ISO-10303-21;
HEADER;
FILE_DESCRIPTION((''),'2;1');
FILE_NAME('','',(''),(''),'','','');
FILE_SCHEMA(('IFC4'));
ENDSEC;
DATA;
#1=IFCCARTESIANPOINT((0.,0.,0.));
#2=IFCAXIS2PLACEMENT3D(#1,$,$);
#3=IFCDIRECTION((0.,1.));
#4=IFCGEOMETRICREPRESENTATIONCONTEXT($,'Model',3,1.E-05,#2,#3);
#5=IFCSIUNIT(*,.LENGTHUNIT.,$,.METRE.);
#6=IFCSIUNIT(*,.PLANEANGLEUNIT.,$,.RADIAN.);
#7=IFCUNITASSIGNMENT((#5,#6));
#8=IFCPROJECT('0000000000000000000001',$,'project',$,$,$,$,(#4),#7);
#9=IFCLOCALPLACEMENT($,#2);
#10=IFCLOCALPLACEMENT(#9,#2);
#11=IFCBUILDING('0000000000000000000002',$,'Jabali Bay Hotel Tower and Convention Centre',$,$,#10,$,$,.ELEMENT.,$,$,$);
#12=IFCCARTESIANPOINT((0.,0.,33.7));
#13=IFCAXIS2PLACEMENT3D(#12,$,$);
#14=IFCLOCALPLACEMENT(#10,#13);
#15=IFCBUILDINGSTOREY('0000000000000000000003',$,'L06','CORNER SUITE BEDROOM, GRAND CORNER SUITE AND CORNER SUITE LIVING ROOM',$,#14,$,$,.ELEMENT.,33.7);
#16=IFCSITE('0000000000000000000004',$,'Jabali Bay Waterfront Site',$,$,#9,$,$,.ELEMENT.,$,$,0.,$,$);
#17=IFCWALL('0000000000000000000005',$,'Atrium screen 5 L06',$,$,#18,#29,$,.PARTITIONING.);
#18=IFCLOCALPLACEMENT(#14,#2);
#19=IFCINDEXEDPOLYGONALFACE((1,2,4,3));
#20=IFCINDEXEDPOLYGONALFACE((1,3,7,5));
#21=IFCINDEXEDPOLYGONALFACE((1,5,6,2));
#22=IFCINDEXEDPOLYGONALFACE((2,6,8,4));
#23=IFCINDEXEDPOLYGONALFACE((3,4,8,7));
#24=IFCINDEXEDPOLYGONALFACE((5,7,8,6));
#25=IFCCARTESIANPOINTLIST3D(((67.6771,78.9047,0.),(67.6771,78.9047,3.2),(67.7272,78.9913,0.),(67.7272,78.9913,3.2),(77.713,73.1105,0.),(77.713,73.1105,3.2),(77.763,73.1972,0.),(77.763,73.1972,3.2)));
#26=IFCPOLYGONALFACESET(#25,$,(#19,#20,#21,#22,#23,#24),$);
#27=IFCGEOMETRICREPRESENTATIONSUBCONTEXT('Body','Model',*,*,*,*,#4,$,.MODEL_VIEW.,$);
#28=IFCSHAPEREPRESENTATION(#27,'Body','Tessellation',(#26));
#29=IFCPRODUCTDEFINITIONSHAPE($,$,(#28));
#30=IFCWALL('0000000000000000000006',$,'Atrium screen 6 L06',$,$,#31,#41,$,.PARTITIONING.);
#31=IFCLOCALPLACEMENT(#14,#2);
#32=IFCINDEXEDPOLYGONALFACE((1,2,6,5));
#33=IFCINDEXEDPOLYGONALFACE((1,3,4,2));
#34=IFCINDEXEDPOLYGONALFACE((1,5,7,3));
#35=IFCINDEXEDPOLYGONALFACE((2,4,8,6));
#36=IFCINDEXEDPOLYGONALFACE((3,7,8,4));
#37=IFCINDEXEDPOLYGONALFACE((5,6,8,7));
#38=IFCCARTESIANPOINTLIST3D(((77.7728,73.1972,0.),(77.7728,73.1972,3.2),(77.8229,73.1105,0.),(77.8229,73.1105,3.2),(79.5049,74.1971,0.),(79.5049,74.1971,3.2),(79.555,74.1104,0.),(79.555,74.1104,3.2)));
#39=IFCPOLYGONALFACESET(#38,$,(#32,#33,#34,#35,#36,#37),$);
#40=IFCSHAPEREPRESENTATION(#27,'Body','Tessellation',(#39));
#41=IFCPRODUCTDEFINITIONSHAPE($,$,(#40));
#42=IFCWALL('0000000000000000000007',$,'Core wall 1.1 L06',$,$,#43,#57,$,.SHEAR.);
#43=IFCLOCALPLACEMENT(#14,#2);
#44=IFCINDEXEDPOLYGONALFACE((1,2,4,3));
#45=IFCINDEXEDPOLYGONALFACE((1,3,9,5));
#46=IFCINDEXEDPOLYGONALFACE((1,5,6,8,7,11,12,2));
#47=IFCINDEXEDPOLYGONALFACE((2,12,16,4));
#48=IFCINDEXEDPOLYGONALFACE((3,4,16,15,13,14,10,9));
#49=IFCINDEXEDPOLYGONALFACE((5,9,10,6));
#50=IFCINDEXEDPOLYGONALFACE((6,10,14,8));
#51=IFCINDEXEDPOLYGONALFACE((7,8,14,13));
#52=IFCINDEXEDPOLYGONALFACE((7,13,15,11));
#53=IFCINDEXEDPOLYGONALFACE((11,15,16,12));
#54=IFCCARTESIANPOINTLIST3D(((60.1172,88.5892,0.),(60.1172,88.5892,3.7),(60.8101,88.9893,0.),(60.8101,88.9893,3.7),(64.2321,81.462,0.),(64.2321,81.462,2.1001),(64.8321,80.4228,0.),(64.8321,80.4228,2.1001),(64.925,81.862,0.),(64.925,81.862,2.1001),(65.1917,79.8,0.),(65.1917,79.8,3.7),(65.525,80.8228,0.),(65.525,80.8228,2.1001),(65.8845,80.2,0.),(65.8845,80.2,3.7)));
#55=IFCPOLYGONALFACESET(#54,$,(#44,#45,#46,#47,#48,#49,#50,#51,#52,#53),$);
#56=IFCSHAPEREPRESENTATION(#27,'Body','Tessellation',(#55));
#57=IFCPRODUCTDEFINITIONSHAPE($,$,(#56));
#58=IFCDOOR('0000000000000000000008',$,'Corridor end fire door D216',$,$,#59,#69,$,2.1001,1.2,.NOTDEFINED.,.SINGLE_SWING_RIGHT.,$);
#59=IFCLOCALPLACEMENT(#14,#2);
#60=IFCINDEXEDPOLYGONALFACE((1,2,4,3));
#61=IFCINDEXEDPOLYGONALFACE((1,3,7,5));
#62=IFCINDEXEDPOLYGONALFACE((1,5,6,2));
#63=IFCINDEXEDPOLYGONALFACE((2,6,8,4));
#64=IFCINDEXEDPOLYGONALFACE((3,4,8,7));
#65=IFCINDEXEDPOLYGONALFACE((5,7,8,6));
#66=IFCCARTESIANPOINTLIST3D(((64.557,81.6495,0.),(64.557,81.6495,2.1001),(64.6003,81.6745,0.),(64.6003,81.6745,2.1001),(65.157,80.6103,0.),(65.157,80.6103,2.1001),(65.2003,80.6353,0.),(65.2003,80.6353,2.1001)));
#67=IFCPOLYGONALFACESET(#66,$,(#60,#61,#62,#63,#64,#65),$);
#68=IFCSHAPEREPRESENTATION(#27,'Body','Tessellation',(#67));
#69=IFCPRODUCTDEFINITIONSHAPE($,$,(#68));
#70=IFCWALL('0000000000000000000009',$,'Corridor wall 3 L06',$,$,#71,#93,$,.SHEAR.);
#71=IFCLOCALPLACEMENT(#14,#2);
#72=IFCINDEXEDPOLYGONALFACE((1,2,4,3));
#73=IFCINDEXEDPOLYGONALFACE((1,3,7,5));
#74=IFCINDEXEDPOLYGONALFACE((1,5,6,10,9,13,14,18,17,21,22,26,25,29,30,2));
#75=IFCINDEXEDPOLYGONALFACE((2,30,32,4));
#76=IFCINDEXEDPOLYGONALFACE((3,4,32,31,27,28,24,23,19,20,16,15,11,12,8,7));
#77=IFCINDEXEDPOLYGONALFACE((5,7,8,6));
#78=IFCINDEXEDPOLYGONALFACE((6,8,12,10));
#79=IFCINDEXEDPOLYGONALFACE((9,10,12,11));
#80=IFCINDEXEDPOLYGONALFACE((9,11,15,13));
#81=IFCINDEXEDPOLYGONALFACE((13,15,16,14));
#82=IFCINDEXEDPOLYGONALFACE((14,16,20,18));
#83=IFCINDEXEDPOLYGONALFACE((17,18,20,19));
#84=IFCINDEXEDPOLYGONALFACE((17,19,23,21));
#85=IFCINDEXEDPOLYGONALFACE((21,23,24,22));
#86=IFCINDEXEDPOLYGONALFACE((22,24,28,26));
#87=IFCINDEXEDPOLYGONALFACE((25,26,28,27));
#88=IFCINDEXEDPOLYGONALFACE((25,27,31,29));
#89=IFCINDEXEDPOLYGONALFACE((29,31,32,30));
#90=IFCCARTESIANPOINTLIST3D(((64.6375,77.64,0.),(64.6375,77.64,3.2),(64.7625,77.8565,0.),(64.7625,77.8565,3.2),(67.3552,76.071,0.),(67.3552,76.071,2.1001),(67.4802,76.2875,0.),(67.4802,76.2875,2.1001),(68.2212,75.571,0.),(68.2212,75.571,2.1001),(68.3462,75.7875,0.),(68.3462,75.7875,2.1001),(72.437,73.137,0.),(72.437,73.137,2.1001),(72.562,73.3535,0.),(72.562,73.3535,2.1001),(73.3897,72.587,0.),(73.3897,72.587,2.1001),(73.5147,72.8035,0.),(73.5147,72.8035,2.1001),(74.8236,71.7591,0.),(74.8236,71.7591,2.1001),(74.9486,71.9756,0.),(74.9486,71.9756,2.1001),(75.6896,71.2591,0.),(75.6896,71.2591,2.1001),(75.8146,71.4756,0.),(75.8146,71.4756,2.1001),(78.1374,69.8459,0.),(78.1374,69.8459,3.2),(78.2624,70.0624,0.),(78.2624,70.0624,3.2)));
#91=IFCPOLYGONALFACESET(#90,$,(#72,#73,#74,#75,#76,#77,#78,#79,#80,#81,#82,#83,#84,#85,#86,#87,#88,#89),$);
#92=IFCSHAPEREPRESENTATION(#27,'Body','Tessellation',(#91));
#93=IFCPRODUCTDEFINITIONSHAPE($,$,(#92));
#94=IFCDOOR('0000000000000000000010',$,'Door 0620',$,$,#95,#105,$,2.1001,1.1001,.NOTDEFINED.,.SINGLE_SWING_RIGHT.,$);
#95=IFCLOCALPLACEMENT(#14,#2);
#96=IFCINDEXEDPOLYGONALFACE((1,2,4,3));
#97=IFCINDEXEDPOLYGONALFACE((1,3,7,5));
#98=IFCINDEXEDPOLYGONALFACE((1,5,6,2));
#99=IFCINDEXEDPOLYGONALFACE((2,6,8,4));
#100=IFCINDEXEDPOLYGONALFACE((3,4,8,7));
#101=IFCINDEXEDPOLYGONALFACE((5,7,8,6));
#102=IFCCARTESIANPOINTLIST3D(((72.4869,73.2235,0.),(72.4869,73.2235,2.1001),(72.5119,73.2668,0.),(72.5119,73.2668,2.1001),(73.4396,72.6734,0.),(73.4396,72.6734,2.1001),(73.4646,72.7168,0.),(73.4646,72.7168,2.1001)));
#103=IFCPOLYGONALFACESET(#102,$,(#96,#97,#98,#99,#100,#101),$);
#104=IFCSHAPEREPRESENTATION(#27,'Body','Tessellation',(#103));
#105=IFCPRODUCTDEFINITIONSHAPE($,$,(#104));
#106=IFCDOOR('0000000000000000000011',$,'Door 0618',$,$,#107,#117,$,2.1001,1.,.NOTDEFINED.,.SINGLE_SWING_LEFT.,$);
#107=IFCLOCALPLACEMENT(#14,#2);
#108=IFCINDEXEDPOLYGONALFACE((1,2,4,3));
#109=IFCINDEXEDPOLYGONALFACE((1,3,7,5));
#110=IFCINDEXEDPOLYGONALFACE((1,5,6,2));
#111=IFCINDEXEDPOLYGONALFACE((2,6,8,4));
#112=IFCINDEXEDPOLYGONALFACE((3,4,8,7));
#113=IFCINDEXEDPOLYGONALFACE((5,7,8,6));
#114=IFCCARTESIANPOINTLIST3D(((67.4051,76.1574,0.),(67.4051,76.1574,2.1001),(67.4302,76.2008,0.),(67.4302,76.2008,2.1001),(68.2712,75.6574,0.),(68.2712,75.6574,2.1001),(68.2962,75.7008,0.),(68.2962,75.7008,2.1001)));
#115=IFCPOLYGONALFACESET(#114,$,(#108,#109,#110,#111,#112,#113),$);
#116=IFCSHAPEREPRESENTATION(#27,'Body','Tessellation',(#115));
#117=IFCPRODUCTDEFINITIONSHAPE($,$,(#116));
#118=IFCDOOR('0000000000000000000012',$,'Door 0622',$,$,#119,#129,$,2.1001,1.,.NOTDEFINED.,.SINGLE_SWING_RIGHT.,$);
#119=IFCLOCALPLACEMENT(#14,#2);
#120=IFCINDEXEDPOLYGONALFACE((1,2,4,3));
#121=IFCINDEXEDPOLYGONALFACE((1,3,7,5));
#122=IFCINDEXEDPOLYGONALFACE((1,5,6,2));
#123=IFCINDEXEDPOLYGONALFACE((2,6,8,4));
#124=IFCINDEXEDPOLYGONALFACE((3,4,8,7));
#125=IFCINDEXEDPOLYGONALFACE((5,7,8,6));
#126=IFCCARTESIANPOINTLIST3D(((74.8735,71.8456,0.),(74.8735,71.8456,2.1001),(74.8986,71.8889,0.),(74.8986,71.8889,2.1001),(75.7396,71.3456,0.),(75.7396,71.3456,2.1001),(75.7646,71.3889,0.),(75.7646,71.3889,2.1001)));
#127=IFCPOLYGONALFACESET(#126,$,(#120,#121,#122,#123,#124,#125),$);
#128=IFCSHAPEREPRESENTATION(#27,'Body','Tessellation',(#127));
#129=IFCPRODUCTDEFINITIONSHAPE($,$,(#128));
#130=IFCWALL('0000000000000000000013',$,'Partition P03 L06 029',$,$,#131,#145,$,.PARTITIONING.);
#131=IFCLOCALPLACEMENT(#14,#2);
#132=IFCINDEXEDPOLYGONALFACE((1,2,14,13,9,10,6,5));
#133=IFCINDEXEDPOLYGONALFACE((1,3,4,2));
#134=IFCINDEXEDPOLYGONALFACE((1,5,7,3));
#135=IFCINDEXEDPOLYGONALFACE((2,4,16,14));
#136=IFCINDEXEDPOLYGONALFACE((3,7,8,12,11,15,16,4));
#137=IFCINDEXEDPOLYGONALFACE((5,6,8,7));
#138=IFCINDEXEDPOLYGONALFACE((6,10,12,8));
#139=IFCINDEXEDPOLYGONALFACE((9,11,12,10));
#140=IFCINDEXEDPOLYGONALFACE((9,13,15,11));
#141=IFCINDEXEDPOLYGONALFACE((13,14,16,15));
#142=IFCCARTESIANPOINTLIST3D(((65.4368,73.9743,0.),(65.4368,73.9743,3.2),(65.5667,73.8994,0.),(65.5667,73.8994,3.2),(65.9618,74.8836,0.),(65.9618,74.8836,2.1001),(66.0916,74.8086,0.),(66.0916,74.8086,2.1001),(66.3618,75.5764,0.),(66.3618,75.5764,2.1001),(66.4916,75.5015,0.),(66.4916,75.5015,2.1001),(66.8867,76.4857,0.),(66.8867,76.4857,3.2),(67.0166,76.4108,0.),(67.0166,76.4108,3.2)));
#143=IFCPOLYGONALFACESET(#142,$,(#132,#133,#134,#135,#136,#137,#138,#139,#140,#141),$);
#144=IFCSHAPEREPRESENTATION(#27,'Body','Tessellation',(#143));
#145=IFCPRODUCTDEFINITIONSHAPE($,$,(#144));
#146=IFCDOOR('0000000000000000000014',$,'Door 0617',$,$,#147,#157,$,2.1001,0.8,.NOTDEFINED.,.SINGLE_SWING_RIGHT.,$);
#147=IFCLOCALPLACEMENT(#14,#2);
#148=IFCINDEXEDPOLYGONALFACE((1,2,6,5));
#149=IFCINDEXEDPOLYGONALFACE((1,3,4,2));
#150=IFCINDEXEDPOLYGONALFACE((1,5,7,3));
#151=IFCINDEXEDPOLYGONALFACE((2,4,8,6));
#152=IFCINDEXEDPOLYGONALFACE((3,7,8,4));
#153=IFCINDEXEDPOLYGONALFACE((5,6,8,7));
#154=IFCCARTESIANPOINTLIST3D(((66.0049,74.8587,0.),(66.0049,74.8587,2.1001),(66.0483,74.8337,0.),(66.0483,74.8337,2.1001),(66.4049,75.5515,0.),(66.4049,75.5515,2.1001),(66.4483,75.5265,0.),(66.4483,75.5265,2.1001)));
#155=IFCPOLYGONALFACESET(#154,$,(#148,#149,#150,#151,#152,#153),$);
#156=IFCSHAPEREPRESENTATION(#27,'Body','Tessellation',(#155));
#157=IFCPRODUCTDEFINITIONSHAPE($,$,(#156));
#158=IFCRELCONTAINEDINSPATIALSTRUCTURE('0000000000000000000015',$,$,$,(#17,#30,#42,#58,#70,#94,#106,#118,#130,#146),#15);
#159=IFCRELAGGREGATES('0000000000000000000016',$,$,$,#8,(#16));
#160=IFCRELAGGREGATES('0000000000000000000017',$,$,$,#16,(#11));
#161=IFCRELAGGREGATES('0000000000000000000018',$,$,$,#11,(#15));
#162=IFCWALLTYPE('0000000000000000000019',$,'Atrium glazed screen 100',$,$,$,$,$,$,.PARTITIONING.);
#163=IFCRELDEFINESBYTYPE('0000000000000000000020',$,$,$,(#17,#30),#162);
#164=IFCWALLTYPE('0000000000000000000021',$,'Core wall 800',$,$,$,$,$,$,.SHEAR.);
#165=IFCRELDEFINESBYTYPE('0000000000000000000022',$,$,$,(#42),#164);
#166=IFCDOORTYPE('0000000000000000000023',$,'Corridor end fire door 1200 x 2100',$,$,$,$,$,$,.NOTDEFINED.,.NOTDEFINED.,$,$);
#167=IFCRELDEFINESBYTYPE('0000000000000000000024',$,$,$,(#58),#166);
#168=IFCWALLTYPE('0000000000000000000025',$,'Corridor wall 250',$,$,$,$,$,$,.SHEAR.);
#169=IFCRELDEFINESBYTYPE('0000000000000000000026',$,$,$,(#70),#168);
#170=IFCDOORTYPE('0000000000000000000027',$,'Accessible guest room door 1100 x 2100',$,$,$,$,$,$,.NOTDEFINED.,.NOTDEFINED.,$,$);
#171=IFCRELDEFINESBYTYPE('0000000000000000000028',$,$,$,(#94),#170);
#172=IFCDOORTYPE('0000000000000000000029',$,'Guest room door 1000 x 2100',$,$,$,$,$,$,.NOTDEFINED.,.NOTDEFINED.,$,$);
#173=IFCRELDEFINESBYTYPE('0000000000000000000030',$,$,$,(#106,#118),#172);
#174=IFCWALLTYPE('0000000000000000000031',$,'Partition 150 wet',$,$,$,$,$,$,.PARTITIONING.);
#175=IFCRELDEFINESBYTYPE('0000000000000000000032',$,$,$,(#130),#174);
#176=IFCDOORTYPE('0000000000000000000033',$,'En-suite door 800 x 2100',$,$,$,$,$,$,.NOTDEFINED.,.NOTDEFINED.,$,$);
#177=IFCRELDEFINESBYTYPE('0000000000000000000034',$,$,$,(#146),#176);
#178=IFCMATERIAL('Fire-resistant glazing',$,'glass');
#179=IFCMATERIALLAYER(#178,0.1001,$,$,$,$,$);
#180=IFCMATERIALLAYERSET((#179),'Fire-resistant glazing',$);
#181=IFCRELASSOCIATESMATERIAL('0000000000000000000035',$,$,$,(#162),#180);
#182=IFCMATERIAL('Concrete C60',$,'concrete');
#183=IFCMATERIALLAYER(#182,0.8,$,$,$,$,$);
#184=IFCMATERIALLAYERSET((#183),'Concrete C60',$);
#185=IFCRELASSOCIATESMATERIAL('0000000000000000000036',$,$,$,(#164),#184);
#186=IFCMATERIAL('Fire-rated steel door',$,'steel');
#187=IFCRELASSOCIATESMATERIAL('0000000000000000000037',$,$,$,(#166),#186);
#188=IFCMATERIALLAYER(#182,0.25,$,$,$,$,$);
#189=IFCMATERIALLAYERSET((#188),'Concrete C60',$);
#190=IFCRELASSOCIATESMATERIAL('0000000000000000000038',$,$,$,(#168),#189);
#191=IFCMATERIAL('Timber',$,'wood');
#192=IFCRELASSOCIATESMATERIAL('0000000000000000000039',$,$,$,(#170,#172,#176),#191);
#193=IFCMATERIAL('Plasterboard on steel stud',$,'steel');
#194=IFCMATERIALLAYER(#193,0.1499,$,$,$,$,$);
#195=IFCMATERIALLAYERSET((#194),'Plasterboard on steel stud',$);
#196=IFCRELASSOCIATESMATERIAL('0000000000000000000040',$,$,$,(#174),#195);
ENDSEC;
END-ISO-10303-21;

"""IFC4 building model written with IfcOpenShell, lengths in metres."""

from ifc_helpers import new_model, si_unit, direction, frame, frame_2d, origin, place, context, subcontext, project, spatial, rectangle, extrude, material, layer, layer_set, type_object, element, fill, save


model = new_model("IFC4")

# Units and contexts
model_context = context("Model", 3, precision=1e-05, world=origin(), true_north=direction((0.0, 1.0)))
body_context = subcontext(model_context, "Body", "Model", "MODEL_VIEW")
ifc_project = project(units=[si_unit("LENGTHUNIT", "METRE"), si_unit("PLANEANGLEUNIT", "RADIAN")], contexts=[model_context])

# Site, building, storey
site_placement = place(None, origin())
site = spatial("IfcSite", under=ifc_project, at=site_placement, Name="Jabali Bay Waterfront Site", CompositionType="ELEMENT", RefElevation=0.0)
building_placement = place(site_placement, origin())
building = spatial("IfcBuilding", under=site, at=building_placement, Name="Jabali Bay Hotel Tower and Convention Centre", CompositionType="ELEMENT")
storey_placement = place(building_placement, frame((0.0, 0.0, 33.7)))
storey = spatial("IfcBuildingStorey", under=building, at=storey_placement, Name="L06", Description="CORNER SUITE BEDROOM, GRAND CORNER SUITE AND CORNER SUITE LIVING ROOM", CompositionType="ELEMENT", Elevation=33.7)

# Walls
ifc_material_1 = material(Name="Fire-resistant glazing", Category="glass")
ifc_layer_1 = layer(ifc_material_1, 0.1001)
ifc_layer_set_1 = layer_set([ifc_layer_1], Name="Fire-resistant glazing")
wall_type_1 = type_object("IfcWallType", Name="Atrium glazed screen 100", PredefinedType="PARTITIONING", material=ifc_layer_set_1)
wall_1_placement = place(storey_placement, frame((67.7021, 78.948, 0.0), z_axis=(0.0, 0.0, 1.0), x_axis=(0.866027, -0.499998, 0.0)))
element("IfcWall", 1, at=wall_1_placement, inside=storey, type_object=wall_type_1, Name="Atrium screen 5 L06", PredefinedType="PARTITIONING", context=body_context, shape_type="SweptSolid", body=[
    extrude(rectangle(XDim=11.5884, YDim=0.1001, at=frame_2d((5.7942, 0.0))), origin(), (0.0, 0.0, 1.0), 3.2),
])
wall_2_placement = place(storey_placement, frame((77.7979, 73.1538, 0.0), z_axis=(0.0, 0.0, 1.0), x_axis=(0.866041, 0.499973, 0.0)))
element("IfcWall", 2, at=wall_2_placement, inside=storey, type_object=wall_type_1, Name="Atrium screen 6 L06", PredefinedType="PARTITIONING", context=body_context, shape_type="SweptSolid", body=[
    extrude(rectangle(XDim=2.0, YDim=0.1001, at=frame_2d((1.0, 0.0))), origin(), (0.0, 0.0, 1.0), 3.2),
])

# Wall, opening, door
ifc_material_2 = material(Name="Concrete C60", Category="concrete")
ifc_layer_2 = layer(ifc_material_2, 0.8)
ifc_layer_set_2 = layer_set([ifc_layer_2], Name="Concrete C60")
wall_type_2 = type_object("IfcWallType", Name="Core wall 800", PredefinedType="SHEAR", material=ifc_layer_set_2)
wall_3_placement = place(storey_placement, frame((65.5381, 80.0, 0.0), z_axis=(0.0, 0.0, 1.0), x_axis=(-0.499997, 0.866027, 0.0)))
wall_3 = element("IfcWall", 3, at=wall_3_placement, inside=storey, type_object=wall_type_2, Name="Core wall 1.1 L06", PredefinedType="SHEAR", context=body_context, shape_type="SweptSolid", body=[
    extrude(rectangle(XDim=10.1489, YDim=0.8, at=frame_2d((5.0745, 0.0))), origin(), (0.0, 0.0, 1.0), 3.7),
])
opening_1_placement = place(wall_3_placement, frame((0.719, 0.0, 0.0)))
opening_1 = element("IfcOpeningElement", 4, at=opening_1_placement, cuts=wall_3, PredefinedType="OPENING", context=body_context, shape_type="SweptSolid", body=[
    extrude(rectangle(XDim=1.2, YDim=2.1001, at=frame_2d((0.6001, 1.05))), frame((0.0, 0.4106, 0.0), z_axis=(0.0, -1.0, 0.0), x_axis=(1.0, 0.0, 0.0)), (0.0, 0.0, 1.0), 0.821),
])
ifc_material_3 = material(Name="Fire-rated steel door", Category="steel")
door_type_1 = type_object("IfcDoorType", Name="Corridor end fire door 1200 x 2100", OperationType="NOTDEFINED", PredefinedType="NOTDEFINED", material=ifc_material_3)
door_1_placement = place(opening_1_placement, origin())
door_1 = element("IfcDoor", 5, at=door_1_placement, inside=storey, type_object=door_type_1, Name="Corridor end fire door D216", OperationType="SINGLE_SWING_RIGHT", OverallHeight=2.1001, OverallWidth=1.2, PredefinedType="NOTDEFINED", context=body_context, shape_type="SweptSolid", body=[
    extrude(rectangle(XDim=1.2, YDim=2.1001, at=frame_2d((0.6001, 1.05))), frame((0.0, 0.0249, 0.0), z_axis=(0.0, -1.0, 0.0), x_axis=(1.0, 0.0, 0.0)), (0.0, 0.0, 1.0), 0.05),
])
fill(opening_1, door_1)

# Wall, openings, doors
ifc_layer_3 = layer(ifc_material_2, 0.25)
ifc_layer_set_3 = layer_set([ifc_layer_3], Name="Concrete C60")
wall_type_3 = type_object("IfcWallType", Name="Corridor wall 250", PredefinedType="SHEAR", material=ifc_layer_set_3)
wall_4_placement = place(storey_placement, frame((64.7, 77.7483, 0.0), z_axis=(0.0, 0.0, 1.0), x_axis=(0.866026, -0.499998, 0.0)))
wall_4 = element("IfcWall", 6, at=wall_4_placement, inside=storey, type_object=wall_type_3, Name="Corridor wall 3 L06", PredefinedType="SHEAR", context=body_context, shape_type="SweptSolid", body=[
    extrude(rectangle(XDim=15.5884, YDim=0.25, at=frame_2d((7.7942, 0.0))), origin(), (0.0, 0.0, 1.0), 3.2),
])
opening_2_placement = place(wall_4_placement, frame((3.1382, 0.0, 0.0)))
opening_2 = element("IfcOpeningElement", 7, at=opening_2_placement, cuts=wall_4, PredefinedType="OPENING", context=body_context, shape_type="SweptSolid", body=[
    extrude(rectangle(XDim=1.0, YDim=2.1001, at=frame_2d((0.5, 1.05))), frame((0.0, 0.1355, 0.0), z_axis=(0.0, -1.0, 0.0), x_axis=(1.0, 0.0, 0.0)), (0.0, 0.0, 1.0), 0.271),
])
opening_3_placement = place(wall_4_placement, frame((9.0061, 0.0, 0.0)))
opening_3 = element("IfcOpeningElement", 8, at=opening_3_placement, cuts=wall_4, PredefinedType="OPENING", context=body_context, shape_type="SweptSolid", body=[
    extrude(rectangle(XDim=1.1001, YDim=2.1001, at=frame_2d((0.55, 1.05))), frame((0.0, 0.1355, 0.0), z_axis=(0.0, -1.0, 0.0), x_axis=(1.0, 0.0, 0.0)), (0.0, 0.0, 1.0), 0.271),
])
opening_4_placement = place(wall_4_placement, frame((11.762, 0.0, 0.0)))
opening_4 = element("IfcOpeningElement", 9, at=opening_4_placement, cuts=wall_4, PredefinedType="OPENING", context=body_context, shape_type="SweptSolid", body=[
    extrude(rectangle(XDim=1.0, YDim=2.1001, at=frame_2d((0.5, 1.05))), frame((0.0, 0.1355, 0.0), z_axis=(0.0, -1.0, 0.0), x_axis=(1.0, 0.0, 0.0)), (0.0, 0.0, 1.0), 0.271),
])
ifc_material_4 = material(Name="Timber", Category="wood")
door_type_2 = type_object("IfcDoorType", Name="Accessible guest room door 1100 x 2100", OperationType="NOTDEFINED", PredefinedType="NOTDEFINED", material=ifc_material_4)
door_2_placement = place(opening_3_placement, origin())
door_2 = element("IfcDoor", 10, at=door_2_placement, inside=storey, type_object=door_type_2, Name="Door 0620", OperationType="SINGLE_SWING_RIGHT", OverallHeight=2.1001, OverallWidth=1.1001, PredefinedType="NOTDEFINED", context=body_context, shape_type="SweptSolid", body=[
    extrude(rectangle(XDim=1.1001, YDim=2.1001, at=frame_2d((0.55, 1.05))), frame((0.0, 0.0249, 0.0), z_axis=(0.0, -1.0, 0.0), x_axis=(1.0, 0.0, 0.0)), (0.0, 0.0, 1.0), 0.05),
])
fill(opening_3, door_2)
door_type_3 = type_object("IfcDoorType", Name="Guest room door 1000 x 2100", OperationType="NOTDEFINED", PredefinedType="NOTDEFINED", material=ifc_material_4)
door_3_placement = place(opening_2_placement, origin())
door_3 = element("IfcDoor", 11, at=door_3_placement, inside=storey, type_object=door_type_3, Name="Door 0618", OperationType="SINGLE_SWING_LEFT", OverallHeight=2.1001, OverallWidth=1.0, PredefinedType="NOTDEFINED", context=body_context, shape_type="SweptSolid", body=[
    extrude(rectangle(XDim=1.0, YDim=2.1001, at=frame_2d((0.5, 1.05))), frame((0.0, 0.0249, 0.0), z_axis=(0.0, -1.0, 0.0), x_axis=(1.0, 0.0, 0.0)), (0.0, 0.0, 1.0), 0.05),
])
fill(opening_2, door_3)
door_4_placement = place(opening_4_placement, origin())
door_4 = element("IfcDoor", 12, at=door_4_placement, inside=storey, type_object=door_type_3, Name="Door 0622", OperationType="SINGLE_SWING_RIGHT", OverallHeight=2.1001, OverallWidth=1.0, PredefinedType="NOTDEFINED", context=body_context, shape_type="SweptSolid", body=[
    extrude(rectangle(XDim=1.0, YDim=2.1001, at=frame_2d((0.5, 1.05))), frame((0.0, 0.0249, 0.0), z_axis=(0.0, -1.0, 0.0), x_axis=(1.0, 0.0, 0.0)), (0.0, 0.0, 1.0), 0.05),
])
fill(opening_4, door_4)

# Wall, opening, door
ifc_material_5 = material(Name="Plasterboard on steel stud", Category="steel")
ifc_layer_4 = layer(ifc_material_5, 0.1499)
ifc_layer_set_4 = layer_set([ifc_layer_4], Name="Plasterboard on steel stud")
wall_type_4 = type_object("IfcWallType", Name="Partition 150 wet", PredefinedType="PARTITIONING", material=ifc_layer_set_4)
wall_5_placement = place(storey_placement, frame((66.9517, 76.4482, 0.0), z_axis=(0.0, 0.0, 1.0), x_axis=(-0.499987, -0.866033, 0.0)))
wall_5 = element("IfcWall", 13, at=wall_5_placement, inside=storey, type_object=wall_type_4, Name="Partition P03 L06 029", PredefinedType="PARTITIONING", context=body_context, shape_type="SweptSolid", body=[
    extrude(rectangle(XDim=2.8999, YDim=0.1499, at=frame_2d((1.45, 0.0))), origin(), (0.0, 0.0, 1.0), 3.2),
])
opening_5_placement = place(wall_5_placement, frame((1.05, 0.0, 0.0)))
opening_5 = element("IfcOpeningElement", 14, at=opening_5_placement, cuts=wall_5, PredefinedType="OPENING", context=body_context, shape_type="SweptSolid", body=[
    extrude(rectangle(XDim=0.8, YDim=2.1001, at=frame_2d((0.3999, 1.05))), frame((0.0, 0.0854, 0.0), z_axis=(0.0, -1.0, 0.0), x_axis=(1.0, 0.0, 0.0)), (0.0, 0.0, 1.0), 0.1709),
])
door_type_4 = type_object("IfcDoorType", Name="En-suite door 800 x 2100", OperationType="NOTDEFINED", PredefinedType="NOTDEFINED", material=ifc_material_4)
door_5_placement = place(opening_5_placement, origin())
door_5 = element("IfcDoor", 15, at=door_5_placement, inside=storey, type_object=door_type_4, Name="Door 0617", OperationType="SINGLE_SWING_RIGHT", OverallHeight=2.1001, OverallWidth=0.8, PredefinedType="NOTDEFINED", context=body_context, shape_type="SweptSolid", body=[
    extrude(rectangle(XDim=0.8, YDim=2.1001, at=frame_2d((0.3999, 1.05))), frame((0.0, 0.0249, 0.0), z_axis=(0.0, -1.0, 0.0), x_axis=(1.0, 0.0, 0.0)), (0.0, 0.0, 1.0), 0.05),
])
fill(opening_5, door_5)

save(model, "model.ifc")
